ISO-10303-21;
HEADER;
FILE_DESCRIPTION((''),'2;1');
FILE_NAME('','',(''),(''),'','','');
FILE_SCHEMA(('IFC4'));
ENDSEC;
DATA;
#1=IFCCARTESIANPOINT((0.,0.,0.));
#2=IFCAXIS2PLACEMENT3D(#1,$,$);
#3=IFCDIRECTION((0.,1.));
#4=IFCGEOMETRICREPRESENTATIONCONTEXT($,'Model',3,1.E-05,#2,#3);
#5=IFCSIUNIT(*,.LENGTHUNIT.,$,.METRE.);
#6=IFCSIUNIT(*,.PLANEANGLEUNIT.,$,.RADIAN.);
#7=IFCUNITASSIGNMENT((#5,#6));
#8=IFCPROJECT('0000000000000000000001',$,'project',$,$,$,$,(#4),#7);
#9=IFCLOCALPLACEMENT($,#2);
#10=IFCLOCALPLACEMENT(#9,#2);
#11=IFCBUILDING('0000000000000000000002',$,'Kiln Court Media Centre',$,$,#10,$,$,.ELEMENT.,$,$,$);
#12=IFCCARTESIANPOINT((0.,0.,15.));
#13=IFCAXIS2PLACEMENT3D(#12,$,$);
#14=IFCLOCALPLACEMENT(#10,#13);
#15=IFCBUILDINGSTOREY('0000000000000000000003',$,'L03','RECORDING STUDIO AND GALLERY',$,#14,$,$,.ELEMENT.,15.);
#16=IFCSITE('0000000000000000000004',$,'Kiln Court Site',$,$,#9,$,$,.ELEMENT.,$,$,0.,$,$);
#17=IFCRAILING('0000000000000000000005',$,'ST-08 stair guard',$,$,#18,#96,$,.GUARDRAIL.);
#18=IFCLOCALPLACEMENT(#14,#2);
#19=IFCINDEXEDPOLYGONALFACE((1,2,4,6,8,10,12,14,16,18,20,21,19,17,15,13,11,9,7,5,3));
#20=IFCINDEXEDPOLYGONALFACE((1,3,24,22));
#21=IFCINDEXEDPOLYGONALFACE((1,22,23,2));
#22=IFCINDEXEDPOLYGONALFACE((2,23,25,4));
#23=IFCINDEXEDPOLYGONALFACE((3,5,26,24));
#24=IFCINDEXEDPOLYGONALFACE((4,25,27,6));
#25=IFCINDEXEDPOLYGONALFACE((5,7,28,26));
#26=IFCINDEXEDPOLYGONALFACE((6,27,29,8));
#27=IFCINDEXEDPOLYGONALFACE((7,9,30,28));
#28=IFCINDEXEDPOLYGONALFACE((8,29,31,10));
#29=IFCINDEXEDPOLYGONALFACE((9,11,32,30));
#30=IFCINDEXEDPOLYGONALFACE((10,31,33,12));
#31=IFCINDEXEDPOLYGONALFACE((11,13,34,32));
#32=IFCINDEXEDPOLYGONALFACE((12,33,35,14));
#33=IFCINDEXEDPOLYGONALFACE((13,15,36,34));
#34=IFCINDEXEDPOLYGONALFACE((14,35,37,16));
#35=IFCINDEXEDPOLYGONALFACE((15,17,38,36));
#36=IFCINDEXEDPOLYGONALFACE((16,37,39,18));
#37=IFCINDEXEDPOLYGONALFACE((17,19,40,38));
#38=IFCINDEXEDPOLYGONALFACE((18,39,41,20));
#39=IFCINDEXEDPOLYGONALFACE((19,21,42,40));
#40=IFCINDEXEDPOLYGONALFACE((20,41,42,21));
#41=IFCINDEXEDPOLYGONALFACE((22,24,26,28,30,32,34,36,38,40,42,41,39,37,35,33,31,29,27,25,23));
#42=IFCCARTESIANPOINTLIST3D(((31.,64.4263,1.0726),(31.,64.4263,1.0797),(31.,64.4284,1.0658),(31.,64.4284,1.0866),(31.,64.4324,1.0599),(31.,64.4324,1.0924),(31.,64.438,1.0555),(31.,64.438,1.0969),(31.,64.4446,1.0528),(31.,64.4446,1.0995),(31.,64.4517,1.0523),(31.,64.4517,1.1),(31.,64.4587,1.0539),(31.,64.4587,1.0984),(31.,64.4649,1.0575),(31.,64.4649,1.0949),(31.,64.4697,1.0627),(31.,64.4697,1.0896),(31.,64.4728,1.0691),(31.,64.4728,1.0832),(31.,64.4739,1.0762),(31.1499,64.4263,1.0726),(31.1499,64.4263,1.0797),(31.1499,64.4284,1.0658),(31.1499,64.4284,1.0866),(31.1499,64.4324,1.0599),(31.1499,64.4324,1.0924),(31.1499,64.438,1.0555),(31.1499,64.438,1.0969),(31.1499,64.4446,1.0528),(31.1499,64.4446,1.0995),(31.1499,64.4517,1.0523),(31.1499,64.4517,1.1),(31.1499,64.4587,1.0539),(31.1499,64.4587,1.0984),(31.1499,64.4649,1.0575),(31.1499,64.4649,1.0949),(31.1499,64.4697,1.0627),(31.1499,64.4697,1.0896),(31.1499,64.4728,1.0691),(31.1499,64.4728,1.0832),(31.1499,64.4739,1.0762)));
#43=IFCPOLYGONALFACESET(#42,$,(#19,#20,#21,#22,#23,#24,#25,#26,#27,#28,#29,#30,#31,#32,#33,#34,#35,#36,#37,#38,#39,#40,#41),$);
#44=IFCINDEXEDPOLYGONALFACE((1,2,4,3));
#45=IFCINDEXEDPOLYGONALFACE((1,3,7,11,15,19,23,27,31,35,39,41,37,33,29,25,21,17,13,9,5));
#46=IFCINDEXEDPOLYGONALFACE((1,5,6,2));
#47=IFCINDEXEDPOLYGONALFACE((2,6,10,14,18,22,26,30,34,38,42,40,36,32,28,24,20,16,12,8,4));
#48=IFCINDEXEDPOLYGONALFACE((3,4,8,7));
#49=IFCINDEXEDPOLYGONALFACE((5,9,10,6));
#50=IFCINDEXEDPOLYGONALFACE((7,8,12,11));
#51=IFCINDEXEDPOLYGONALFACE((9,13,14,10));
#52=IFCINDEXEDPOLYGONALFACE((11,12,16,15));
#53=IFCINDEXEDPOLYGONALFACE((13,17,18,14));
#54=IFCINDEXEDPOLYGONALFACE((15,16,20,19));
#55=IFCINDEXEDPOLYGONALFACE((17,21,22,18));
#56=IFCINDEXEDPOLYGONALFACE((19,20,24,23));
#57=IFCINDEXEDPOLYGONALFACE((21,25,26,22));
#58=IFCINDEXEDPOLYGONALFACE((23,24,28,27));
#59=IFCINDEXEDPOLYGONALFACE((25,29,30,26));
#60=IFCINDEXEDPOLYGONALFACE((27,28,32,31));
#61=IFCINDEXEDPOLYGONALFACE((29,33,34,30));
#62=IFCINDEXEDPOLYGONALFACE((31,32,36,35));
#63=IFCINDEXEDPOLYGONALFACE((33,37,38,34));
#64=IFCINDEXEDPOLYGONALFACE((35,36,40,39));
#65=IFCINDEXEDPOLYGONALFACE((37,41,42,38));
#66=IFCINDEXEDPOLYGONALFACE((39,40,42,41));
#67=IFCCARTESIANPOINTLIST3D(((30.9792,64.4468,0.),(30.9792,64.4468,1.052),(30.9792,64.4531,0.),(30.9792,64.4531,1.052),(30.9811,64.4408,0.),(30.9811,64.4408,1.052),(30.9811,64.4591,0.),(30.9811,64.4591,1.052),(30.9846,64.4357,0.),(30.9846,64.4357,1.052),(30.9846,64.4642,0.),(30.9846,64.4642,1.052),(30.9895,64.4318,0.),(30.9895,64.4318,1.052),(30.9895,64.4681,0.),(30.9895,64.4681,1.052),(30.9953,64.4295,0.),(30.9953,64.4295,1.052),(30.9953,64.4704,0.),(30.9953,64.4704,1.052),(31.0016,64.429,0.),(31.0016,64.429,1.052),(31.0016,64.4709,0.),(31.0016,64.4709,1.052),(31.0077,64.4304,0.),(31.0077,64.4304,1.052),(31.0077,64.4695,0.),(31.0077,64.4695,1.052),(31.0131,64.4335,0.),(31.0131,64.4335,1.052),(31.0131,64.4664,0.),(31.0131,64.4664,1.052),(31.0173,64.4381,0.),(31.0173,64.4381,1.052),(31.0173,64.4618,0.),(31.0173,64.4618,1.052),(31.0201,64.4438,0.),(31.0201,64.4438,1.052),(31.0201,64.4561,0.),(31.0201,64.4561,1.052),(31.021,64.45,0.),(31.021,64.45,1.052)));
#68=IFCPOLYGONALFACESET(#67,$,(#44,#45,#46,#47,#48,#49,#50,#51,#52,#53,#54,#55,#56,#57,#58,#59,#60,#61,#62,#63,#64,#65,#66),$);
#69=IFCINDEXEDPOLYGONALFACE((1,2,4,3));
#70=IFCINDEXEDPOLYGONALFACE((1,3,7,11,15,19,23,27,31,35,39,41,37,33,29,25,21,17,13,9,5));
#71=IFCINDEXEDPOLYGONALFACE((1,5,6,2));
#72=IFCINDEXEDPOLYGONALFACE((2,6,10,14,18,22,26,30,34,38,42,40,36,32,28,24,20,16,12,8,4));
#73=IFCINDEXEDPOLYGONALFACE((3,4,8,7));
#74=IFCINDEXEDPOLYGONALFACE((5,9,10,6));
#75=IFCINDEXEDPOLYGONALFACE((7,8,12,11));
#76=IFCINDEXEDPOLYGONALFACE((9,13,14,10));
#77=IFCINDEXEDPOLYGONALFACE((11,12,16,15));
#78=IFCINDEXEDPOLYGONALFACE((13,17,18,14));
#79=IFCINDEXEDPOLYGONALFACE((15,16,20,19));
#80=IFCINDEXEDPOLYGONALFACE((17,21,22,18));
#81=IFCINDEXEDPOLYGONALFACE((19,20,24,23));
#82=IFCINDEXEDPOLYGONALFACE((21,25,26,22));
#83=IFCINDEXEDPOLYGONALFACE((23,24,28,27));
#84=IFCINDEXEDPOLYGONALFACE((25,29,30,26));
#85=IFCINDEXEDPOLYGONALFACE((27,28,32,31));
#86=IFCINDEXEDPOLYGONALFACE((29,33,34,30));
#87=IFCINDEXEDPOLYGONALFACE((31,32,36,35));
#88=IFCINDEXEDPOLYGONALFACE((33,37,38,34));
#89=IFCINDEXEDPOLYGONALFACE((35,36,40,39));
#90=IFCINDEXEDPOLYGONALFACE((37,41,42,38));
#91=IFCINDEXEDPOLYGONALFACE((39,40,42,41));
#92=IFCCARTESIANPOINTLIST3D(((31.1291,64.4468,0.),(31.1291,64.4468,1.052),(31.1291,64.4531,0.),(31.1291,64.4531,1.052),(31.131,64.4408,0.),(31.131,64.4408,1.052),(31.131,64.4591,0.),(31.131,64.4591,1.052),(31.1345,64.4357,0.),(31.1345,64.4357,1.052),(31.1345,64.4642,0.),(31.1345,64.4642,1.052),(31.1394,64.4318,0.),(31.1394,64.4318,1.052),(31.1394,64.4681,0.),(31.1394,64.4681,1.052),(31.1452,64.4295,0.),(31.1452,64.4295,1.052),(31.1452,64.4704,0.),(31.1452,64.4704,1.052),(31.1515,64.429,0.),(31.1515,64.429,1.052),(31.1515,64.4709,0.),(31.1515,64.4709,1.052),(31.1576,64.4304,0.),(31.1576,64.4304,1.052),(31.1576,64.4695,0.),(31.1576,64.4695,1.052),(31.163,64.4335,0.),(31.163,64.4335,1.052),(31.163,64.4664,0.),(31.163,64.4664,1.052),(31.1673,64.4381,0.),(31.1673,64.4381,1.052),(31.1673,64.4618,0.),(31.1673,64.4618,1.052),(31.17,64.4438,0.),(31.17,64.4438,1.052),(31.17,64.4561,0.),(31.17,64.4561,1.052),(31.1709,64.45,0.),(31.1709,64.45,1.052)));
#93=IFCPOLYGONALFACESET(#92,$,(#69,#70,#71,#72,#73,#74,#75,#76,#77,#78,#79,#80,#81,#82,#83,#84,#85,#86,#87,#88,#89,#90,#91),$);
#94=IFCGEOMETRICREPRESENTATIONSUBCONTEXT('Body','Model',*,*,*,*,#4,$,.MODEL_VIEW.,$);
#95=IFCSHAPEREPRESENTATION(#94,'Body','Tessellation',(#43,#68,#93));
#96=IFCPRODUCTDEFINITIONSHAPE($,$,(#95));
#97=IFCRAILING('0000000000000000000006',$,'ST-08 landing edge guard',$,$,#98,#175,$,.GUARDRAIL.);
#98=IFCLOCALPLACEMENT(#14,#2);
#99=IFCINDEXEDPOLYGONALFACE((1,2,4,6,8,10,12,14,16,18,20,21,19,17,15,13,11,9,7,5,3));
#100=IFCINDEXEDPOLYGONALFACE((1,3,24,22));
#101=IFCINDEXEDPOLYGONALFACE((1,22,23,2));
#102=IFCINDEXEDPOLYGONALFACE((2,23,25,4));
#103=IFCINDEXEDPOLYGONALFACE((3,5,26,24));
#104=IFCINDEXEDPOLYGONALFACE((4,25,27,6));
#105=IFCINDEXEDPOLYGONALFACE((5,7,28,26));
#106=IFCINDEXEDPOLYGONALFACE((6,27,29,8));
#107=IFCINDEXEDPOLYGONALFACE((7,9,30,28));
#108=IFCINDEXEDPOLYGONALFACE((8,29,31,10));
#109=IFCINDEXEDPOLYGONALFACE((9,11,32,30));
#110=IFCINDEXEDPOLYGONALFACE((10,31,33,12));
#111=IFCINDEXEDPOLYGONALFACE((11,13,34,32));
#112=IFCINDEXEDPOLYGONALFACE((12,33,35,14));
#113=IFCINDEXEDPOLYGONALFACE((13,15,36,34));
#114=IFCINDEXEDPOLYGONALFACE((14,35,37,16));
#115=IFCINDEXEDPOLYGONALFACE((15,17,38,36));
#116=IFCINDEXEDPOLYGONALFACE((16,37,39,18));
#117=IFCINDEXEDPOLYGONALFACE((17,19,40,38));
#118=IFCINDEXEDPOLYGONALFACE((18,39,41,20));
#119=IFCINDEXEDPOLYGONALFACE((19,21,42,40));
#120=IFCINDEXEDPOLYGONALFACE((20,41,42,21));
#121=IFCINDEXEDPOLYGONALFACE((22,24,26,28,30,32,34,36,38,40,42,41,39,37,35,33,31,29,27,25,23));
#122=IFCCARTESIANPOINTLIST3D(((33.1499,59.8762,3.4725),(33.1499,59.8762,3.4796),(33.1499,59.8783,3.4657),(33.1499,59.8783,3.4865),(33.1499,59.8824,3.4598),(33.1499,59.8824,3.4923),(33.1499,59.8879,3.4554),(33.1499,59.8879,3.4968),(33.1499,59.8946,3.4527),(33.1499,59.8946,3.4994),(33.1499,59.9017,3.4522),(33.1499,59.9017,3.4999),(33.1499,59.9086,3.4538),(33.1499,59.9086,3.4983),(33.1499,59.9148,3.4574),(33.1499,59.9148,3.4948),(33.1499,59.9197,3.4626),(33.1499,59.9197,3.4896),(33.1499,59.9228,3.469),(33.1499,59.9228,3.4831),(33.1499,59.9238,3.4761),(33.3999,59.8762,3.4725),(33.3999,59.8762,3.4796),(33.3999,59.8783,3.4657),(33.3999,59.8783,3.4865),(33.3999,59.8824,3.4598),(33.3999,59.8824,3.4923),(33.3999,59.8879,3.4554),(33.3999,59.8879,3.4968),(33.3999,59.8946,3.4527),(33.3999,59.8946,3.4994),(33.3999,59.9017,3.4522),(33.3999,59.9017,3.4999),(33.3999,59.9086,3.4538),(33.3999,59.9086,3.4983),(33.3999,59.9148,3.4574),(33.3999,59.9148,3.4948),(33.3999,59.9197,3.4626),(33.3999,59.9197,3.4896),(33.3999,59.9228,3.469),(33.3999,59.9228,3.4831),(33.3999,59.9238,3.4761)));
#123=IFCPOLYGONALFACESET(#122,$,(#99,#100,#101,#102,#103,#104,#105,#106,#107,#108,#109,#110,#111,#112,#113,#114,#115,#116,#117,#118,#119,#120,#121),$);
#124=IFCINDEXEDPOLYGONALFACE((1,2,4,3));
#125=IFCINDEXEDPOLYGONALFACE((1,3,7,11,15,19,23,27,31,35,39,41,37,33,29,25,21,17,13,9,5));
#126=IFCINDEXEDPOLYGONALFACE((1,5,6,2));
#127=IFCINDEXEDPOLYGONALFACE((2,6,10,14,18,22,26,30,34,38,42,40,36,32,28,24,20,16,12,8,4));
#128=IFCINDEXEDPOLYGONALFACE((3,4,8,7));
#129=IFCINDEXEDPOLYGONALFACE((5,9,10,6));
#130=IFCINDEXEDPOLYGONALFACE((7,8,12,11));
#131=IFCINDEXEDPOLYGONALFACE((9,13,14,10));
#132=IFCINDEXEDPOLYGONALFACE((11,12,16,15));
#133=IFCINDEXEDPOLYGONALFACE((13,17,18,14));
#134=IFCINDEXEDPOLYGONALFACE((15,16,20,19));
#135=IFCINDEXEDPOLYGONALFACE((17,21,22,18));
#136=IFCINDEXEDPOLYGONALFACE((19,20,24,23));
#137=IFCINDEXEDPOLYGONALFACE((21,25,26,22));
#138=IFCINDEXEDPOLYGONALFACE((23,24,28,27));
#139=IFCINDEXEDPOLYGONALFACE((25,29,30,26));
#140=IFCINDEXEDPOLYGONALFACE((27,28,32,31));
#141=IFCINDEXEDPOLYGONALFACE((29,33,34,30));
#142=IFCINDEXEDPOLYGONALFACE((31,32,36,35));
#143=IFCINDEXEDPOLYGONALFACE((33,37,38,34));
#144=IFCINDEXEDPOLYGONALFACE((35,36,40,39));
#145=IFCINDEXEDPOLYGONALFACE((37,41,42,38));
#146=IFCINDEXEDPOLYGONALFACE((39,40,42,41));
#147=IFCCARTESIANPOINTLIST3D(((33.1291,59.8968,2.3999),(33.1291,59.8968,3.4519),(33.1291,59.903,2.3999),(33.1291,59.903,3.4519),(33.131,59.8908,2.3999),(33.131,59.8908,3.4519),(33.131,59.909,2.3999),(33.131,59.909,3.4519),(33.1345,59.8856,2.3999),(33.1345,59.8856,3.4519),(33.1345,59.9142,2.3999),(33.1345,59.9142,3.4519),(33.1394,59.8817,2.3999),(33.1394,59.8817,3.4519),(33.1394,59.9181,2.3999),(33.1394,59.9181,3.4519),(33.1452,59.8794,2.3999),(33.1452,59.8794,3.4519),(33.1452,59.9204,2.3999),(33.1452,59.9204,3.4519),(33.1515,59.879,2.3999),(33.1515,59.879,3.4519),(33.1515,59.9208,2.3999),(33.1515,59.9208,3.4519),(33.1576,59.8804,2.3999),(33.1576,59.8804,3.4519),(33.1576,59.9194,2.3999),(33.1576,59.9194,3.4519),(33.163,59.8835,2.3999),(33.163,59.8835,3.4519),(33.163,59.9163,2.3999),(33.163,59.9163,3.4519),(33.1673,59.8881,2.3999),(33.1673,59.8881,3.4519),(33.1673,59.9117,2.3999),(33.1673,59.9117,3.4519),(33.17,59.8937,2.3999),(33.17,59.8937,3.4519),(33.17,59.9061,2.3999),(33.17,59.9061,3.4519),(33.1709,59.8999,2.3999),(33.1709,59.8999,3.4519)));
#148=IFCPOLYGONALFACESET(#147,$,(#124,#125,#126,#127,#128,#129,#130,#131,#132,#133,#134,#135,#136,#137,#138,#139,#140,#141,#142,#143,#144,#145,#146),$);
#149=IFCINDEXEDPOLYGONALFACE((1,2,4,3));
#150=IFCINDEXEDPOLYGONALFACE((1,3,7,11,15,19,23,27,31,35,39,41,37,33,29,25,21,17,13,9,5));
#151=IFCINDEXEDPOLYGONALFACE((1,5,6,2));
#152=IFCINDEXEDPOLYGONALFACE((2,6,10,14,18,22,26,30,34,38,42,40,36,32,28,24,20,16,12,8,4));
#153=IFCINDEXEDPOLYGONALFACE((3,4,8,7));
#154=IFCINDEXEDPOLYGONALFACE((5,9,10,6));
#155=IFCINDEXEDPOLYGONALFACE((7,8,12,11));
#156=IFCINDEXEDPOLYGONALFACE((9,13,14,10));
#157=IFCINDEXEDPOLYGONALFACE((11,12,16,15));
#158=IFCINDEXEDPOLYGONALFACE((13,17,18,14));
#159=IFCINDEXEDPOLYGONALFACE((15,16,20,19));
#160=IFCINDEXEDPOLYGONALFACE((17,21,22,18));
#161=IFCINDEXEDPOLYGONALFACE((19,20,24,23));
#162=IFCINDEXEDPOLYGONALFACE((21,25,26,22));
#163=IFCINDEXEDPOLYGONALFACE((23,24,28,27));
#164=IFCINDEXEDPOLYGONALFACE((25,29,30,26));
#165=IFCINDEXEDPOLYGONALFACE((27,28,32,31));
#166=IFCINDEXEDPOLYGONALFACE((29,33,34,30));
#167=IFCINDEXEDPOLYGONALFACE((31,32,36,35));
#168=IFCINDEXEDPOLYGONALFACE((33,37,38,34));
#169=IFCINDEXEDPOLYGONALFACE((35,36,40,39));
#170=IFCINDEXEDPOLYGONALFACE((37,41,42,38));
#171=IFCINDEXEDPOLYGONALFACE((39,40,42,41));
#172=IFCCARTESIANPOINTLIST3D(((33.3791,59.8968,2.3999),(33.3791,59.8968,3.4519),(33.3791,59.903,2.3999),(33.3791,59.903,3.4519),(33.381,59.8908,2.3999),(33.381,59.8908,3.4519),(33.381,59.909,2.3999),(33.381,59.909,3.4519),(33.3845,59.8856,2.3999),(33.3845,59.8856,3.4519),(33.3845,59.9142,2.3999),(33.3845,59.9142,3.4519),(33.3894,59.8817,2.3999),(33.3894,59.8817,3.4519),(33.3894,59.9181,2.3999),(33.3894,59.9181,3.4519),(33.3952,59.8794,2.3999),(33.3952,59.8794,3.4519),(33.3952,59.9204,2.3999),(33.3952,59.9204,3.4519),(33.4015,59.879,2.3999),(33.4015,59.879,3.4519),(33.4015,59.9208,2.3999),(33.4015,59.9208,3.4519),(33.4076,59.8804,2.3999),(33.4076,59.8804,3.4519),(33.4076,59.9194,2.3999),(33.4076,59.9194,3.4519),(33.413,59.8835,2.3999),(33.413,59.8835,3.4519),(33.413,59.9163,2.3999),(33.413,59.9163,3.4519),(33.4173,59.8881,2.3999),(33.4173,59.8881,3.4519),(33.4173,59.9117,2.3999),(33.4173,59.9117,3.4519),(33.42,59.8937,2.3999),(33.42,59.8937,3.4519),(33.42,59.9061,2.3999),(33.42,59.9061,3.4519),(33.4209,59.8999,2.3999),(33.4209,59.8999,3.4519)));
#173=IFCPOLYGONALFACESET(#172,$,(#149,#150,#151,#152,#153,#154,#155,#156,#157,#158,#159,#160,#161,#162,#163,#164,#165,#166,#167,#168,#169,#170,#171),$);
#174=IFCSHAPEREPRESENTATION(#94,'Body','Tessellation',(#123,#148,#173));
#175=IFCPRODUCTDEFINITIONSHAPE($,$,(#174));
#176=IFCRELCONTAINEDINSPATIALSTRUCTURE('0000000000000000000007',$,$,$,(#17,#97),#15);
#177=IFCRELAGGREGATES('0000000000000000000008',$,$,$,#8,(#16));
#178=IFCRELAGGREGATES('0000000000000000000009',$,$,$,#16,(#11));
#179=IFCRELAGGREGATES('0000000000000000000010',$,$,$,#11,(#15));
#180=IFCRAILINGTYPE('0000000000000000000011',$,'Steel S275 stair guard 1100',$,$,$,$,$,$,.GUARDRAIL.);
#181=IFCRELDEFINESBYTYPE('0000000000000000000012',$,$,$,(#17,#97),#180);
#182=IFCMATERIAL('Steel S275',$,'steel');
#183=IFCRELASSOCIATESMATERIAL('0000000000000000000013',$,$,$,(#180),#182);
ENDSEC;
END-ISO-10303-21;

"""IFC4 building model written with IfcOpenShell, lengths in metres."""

from ifc_helpers import new_model, si_unit, direction, frame, origin, origin_2d, place, context, subcontext, project, spatial, circle, extrude, material, type_object, element, save


model = new_model("IFC4")

# Units and contexts
model_context = context("Model", 3, precision=1e-05, world=origin(), true_north=direction((0.0, 1.0)))
body_context = subcontext(model_context, "Body", "Model", "MODEL_VIEW")
ifc_project = project(units=[si_unit("LENGTHUNIT", "METRE"), si_unit("PLANEANGLEUNIT", "RADIAN")], contexts=[model_context])

# Site, building, storey
site_placement = place(None, origin())
site = spatial("IfcSite", under=ifc_project, at=site_placement, Name="Kiln Court Site", CompositionType="ELEMENT", RefElevation=0.0)
building_placement = place(site_placement, origin())
building = spatial("IfcBuilding", under=site, at=building_placement, Name="Kiln Court Media Centre", CompositionType="ELEMENT")
storey_placement = place(building_placement, frame((0.0, 0.0, 15.0)))
storey = spatial("IfcBuildingStorey", under=building, at=storey_placement, Name="L03", Description="RECORDING STUDIO AND GALLERY", CompositionType="ELEMENT", Elevation=15.0)

# Railings
ifc_material_1 = material(Name="Steel S275", Category="steel")
railing_type_1 = type_object("IfcRailingType", Name="Steel S275 stair guard 1100", PredefinedType="GUARDRAIL", material=ifc_material_1)
railing_1_placement = place(storey_placement, frame((31.0, 64.45, 0.0)))
element("IfcRailing", 1, at=railing_1_placement, inside=storey, type_object=railing_type_1, Name="ST-08 stair guard", PredefinedType="GUARDRAIL", context=body_context, shape_type="SweptSolid", body=[
    extrude(circle(Radius=0.0239, at=origin_2d()), frame((0.0, 0.0, 1.0762), z_axis=(1.0, 0.0, 0.0), x_axis=(0.0, 1.0, 0.0)), (0.0, 0.0, 1.0), 0.1499),
    extrude(circle(Radius=0.021, at=origin_2d()), origin(), (0.0, 0.0, 1.0), 1.052),
    extrude(circle(Radius=0.021, at=origin_2d()), frame((0.1499, 0.0, 0.0)), (0.0, 0.0, 1.0), 1.052),
])
for number, where, name in (
    (2, (33.1499, 59.8999, 2.3999), "ST-08 landing edge guard"),
):
    element("IfcRailing", number, at=place(storey_placement, frame(where)), inside=storey, type_object=railing_type_1, Name=name, PredefinedType="GUARDRAIL", context=body_context, shape_type="SweptSolid", body=[
        extrude(circle(Radius=0.0239, at=origin_2d()), frame((0.0, 0.0, 1.0762), z_axis=(1.0, 0.0, 0.0), x_axis=(0.0, 1.0, 0.0)), (0.0, 0.0, 1.0), 0.25),
        extrude(circle(Radius=0.021, at=origin_2d()), origin(), (0.0, 0.0, 1.0), 1.052),
        extrude(circle(Radius=0.021, at=origin_2d()), frame((0.25, 0.0, 0.0)), (0.0, 0.0, 1.0), 1.052),
    ])

save(model, "model.ifc")
